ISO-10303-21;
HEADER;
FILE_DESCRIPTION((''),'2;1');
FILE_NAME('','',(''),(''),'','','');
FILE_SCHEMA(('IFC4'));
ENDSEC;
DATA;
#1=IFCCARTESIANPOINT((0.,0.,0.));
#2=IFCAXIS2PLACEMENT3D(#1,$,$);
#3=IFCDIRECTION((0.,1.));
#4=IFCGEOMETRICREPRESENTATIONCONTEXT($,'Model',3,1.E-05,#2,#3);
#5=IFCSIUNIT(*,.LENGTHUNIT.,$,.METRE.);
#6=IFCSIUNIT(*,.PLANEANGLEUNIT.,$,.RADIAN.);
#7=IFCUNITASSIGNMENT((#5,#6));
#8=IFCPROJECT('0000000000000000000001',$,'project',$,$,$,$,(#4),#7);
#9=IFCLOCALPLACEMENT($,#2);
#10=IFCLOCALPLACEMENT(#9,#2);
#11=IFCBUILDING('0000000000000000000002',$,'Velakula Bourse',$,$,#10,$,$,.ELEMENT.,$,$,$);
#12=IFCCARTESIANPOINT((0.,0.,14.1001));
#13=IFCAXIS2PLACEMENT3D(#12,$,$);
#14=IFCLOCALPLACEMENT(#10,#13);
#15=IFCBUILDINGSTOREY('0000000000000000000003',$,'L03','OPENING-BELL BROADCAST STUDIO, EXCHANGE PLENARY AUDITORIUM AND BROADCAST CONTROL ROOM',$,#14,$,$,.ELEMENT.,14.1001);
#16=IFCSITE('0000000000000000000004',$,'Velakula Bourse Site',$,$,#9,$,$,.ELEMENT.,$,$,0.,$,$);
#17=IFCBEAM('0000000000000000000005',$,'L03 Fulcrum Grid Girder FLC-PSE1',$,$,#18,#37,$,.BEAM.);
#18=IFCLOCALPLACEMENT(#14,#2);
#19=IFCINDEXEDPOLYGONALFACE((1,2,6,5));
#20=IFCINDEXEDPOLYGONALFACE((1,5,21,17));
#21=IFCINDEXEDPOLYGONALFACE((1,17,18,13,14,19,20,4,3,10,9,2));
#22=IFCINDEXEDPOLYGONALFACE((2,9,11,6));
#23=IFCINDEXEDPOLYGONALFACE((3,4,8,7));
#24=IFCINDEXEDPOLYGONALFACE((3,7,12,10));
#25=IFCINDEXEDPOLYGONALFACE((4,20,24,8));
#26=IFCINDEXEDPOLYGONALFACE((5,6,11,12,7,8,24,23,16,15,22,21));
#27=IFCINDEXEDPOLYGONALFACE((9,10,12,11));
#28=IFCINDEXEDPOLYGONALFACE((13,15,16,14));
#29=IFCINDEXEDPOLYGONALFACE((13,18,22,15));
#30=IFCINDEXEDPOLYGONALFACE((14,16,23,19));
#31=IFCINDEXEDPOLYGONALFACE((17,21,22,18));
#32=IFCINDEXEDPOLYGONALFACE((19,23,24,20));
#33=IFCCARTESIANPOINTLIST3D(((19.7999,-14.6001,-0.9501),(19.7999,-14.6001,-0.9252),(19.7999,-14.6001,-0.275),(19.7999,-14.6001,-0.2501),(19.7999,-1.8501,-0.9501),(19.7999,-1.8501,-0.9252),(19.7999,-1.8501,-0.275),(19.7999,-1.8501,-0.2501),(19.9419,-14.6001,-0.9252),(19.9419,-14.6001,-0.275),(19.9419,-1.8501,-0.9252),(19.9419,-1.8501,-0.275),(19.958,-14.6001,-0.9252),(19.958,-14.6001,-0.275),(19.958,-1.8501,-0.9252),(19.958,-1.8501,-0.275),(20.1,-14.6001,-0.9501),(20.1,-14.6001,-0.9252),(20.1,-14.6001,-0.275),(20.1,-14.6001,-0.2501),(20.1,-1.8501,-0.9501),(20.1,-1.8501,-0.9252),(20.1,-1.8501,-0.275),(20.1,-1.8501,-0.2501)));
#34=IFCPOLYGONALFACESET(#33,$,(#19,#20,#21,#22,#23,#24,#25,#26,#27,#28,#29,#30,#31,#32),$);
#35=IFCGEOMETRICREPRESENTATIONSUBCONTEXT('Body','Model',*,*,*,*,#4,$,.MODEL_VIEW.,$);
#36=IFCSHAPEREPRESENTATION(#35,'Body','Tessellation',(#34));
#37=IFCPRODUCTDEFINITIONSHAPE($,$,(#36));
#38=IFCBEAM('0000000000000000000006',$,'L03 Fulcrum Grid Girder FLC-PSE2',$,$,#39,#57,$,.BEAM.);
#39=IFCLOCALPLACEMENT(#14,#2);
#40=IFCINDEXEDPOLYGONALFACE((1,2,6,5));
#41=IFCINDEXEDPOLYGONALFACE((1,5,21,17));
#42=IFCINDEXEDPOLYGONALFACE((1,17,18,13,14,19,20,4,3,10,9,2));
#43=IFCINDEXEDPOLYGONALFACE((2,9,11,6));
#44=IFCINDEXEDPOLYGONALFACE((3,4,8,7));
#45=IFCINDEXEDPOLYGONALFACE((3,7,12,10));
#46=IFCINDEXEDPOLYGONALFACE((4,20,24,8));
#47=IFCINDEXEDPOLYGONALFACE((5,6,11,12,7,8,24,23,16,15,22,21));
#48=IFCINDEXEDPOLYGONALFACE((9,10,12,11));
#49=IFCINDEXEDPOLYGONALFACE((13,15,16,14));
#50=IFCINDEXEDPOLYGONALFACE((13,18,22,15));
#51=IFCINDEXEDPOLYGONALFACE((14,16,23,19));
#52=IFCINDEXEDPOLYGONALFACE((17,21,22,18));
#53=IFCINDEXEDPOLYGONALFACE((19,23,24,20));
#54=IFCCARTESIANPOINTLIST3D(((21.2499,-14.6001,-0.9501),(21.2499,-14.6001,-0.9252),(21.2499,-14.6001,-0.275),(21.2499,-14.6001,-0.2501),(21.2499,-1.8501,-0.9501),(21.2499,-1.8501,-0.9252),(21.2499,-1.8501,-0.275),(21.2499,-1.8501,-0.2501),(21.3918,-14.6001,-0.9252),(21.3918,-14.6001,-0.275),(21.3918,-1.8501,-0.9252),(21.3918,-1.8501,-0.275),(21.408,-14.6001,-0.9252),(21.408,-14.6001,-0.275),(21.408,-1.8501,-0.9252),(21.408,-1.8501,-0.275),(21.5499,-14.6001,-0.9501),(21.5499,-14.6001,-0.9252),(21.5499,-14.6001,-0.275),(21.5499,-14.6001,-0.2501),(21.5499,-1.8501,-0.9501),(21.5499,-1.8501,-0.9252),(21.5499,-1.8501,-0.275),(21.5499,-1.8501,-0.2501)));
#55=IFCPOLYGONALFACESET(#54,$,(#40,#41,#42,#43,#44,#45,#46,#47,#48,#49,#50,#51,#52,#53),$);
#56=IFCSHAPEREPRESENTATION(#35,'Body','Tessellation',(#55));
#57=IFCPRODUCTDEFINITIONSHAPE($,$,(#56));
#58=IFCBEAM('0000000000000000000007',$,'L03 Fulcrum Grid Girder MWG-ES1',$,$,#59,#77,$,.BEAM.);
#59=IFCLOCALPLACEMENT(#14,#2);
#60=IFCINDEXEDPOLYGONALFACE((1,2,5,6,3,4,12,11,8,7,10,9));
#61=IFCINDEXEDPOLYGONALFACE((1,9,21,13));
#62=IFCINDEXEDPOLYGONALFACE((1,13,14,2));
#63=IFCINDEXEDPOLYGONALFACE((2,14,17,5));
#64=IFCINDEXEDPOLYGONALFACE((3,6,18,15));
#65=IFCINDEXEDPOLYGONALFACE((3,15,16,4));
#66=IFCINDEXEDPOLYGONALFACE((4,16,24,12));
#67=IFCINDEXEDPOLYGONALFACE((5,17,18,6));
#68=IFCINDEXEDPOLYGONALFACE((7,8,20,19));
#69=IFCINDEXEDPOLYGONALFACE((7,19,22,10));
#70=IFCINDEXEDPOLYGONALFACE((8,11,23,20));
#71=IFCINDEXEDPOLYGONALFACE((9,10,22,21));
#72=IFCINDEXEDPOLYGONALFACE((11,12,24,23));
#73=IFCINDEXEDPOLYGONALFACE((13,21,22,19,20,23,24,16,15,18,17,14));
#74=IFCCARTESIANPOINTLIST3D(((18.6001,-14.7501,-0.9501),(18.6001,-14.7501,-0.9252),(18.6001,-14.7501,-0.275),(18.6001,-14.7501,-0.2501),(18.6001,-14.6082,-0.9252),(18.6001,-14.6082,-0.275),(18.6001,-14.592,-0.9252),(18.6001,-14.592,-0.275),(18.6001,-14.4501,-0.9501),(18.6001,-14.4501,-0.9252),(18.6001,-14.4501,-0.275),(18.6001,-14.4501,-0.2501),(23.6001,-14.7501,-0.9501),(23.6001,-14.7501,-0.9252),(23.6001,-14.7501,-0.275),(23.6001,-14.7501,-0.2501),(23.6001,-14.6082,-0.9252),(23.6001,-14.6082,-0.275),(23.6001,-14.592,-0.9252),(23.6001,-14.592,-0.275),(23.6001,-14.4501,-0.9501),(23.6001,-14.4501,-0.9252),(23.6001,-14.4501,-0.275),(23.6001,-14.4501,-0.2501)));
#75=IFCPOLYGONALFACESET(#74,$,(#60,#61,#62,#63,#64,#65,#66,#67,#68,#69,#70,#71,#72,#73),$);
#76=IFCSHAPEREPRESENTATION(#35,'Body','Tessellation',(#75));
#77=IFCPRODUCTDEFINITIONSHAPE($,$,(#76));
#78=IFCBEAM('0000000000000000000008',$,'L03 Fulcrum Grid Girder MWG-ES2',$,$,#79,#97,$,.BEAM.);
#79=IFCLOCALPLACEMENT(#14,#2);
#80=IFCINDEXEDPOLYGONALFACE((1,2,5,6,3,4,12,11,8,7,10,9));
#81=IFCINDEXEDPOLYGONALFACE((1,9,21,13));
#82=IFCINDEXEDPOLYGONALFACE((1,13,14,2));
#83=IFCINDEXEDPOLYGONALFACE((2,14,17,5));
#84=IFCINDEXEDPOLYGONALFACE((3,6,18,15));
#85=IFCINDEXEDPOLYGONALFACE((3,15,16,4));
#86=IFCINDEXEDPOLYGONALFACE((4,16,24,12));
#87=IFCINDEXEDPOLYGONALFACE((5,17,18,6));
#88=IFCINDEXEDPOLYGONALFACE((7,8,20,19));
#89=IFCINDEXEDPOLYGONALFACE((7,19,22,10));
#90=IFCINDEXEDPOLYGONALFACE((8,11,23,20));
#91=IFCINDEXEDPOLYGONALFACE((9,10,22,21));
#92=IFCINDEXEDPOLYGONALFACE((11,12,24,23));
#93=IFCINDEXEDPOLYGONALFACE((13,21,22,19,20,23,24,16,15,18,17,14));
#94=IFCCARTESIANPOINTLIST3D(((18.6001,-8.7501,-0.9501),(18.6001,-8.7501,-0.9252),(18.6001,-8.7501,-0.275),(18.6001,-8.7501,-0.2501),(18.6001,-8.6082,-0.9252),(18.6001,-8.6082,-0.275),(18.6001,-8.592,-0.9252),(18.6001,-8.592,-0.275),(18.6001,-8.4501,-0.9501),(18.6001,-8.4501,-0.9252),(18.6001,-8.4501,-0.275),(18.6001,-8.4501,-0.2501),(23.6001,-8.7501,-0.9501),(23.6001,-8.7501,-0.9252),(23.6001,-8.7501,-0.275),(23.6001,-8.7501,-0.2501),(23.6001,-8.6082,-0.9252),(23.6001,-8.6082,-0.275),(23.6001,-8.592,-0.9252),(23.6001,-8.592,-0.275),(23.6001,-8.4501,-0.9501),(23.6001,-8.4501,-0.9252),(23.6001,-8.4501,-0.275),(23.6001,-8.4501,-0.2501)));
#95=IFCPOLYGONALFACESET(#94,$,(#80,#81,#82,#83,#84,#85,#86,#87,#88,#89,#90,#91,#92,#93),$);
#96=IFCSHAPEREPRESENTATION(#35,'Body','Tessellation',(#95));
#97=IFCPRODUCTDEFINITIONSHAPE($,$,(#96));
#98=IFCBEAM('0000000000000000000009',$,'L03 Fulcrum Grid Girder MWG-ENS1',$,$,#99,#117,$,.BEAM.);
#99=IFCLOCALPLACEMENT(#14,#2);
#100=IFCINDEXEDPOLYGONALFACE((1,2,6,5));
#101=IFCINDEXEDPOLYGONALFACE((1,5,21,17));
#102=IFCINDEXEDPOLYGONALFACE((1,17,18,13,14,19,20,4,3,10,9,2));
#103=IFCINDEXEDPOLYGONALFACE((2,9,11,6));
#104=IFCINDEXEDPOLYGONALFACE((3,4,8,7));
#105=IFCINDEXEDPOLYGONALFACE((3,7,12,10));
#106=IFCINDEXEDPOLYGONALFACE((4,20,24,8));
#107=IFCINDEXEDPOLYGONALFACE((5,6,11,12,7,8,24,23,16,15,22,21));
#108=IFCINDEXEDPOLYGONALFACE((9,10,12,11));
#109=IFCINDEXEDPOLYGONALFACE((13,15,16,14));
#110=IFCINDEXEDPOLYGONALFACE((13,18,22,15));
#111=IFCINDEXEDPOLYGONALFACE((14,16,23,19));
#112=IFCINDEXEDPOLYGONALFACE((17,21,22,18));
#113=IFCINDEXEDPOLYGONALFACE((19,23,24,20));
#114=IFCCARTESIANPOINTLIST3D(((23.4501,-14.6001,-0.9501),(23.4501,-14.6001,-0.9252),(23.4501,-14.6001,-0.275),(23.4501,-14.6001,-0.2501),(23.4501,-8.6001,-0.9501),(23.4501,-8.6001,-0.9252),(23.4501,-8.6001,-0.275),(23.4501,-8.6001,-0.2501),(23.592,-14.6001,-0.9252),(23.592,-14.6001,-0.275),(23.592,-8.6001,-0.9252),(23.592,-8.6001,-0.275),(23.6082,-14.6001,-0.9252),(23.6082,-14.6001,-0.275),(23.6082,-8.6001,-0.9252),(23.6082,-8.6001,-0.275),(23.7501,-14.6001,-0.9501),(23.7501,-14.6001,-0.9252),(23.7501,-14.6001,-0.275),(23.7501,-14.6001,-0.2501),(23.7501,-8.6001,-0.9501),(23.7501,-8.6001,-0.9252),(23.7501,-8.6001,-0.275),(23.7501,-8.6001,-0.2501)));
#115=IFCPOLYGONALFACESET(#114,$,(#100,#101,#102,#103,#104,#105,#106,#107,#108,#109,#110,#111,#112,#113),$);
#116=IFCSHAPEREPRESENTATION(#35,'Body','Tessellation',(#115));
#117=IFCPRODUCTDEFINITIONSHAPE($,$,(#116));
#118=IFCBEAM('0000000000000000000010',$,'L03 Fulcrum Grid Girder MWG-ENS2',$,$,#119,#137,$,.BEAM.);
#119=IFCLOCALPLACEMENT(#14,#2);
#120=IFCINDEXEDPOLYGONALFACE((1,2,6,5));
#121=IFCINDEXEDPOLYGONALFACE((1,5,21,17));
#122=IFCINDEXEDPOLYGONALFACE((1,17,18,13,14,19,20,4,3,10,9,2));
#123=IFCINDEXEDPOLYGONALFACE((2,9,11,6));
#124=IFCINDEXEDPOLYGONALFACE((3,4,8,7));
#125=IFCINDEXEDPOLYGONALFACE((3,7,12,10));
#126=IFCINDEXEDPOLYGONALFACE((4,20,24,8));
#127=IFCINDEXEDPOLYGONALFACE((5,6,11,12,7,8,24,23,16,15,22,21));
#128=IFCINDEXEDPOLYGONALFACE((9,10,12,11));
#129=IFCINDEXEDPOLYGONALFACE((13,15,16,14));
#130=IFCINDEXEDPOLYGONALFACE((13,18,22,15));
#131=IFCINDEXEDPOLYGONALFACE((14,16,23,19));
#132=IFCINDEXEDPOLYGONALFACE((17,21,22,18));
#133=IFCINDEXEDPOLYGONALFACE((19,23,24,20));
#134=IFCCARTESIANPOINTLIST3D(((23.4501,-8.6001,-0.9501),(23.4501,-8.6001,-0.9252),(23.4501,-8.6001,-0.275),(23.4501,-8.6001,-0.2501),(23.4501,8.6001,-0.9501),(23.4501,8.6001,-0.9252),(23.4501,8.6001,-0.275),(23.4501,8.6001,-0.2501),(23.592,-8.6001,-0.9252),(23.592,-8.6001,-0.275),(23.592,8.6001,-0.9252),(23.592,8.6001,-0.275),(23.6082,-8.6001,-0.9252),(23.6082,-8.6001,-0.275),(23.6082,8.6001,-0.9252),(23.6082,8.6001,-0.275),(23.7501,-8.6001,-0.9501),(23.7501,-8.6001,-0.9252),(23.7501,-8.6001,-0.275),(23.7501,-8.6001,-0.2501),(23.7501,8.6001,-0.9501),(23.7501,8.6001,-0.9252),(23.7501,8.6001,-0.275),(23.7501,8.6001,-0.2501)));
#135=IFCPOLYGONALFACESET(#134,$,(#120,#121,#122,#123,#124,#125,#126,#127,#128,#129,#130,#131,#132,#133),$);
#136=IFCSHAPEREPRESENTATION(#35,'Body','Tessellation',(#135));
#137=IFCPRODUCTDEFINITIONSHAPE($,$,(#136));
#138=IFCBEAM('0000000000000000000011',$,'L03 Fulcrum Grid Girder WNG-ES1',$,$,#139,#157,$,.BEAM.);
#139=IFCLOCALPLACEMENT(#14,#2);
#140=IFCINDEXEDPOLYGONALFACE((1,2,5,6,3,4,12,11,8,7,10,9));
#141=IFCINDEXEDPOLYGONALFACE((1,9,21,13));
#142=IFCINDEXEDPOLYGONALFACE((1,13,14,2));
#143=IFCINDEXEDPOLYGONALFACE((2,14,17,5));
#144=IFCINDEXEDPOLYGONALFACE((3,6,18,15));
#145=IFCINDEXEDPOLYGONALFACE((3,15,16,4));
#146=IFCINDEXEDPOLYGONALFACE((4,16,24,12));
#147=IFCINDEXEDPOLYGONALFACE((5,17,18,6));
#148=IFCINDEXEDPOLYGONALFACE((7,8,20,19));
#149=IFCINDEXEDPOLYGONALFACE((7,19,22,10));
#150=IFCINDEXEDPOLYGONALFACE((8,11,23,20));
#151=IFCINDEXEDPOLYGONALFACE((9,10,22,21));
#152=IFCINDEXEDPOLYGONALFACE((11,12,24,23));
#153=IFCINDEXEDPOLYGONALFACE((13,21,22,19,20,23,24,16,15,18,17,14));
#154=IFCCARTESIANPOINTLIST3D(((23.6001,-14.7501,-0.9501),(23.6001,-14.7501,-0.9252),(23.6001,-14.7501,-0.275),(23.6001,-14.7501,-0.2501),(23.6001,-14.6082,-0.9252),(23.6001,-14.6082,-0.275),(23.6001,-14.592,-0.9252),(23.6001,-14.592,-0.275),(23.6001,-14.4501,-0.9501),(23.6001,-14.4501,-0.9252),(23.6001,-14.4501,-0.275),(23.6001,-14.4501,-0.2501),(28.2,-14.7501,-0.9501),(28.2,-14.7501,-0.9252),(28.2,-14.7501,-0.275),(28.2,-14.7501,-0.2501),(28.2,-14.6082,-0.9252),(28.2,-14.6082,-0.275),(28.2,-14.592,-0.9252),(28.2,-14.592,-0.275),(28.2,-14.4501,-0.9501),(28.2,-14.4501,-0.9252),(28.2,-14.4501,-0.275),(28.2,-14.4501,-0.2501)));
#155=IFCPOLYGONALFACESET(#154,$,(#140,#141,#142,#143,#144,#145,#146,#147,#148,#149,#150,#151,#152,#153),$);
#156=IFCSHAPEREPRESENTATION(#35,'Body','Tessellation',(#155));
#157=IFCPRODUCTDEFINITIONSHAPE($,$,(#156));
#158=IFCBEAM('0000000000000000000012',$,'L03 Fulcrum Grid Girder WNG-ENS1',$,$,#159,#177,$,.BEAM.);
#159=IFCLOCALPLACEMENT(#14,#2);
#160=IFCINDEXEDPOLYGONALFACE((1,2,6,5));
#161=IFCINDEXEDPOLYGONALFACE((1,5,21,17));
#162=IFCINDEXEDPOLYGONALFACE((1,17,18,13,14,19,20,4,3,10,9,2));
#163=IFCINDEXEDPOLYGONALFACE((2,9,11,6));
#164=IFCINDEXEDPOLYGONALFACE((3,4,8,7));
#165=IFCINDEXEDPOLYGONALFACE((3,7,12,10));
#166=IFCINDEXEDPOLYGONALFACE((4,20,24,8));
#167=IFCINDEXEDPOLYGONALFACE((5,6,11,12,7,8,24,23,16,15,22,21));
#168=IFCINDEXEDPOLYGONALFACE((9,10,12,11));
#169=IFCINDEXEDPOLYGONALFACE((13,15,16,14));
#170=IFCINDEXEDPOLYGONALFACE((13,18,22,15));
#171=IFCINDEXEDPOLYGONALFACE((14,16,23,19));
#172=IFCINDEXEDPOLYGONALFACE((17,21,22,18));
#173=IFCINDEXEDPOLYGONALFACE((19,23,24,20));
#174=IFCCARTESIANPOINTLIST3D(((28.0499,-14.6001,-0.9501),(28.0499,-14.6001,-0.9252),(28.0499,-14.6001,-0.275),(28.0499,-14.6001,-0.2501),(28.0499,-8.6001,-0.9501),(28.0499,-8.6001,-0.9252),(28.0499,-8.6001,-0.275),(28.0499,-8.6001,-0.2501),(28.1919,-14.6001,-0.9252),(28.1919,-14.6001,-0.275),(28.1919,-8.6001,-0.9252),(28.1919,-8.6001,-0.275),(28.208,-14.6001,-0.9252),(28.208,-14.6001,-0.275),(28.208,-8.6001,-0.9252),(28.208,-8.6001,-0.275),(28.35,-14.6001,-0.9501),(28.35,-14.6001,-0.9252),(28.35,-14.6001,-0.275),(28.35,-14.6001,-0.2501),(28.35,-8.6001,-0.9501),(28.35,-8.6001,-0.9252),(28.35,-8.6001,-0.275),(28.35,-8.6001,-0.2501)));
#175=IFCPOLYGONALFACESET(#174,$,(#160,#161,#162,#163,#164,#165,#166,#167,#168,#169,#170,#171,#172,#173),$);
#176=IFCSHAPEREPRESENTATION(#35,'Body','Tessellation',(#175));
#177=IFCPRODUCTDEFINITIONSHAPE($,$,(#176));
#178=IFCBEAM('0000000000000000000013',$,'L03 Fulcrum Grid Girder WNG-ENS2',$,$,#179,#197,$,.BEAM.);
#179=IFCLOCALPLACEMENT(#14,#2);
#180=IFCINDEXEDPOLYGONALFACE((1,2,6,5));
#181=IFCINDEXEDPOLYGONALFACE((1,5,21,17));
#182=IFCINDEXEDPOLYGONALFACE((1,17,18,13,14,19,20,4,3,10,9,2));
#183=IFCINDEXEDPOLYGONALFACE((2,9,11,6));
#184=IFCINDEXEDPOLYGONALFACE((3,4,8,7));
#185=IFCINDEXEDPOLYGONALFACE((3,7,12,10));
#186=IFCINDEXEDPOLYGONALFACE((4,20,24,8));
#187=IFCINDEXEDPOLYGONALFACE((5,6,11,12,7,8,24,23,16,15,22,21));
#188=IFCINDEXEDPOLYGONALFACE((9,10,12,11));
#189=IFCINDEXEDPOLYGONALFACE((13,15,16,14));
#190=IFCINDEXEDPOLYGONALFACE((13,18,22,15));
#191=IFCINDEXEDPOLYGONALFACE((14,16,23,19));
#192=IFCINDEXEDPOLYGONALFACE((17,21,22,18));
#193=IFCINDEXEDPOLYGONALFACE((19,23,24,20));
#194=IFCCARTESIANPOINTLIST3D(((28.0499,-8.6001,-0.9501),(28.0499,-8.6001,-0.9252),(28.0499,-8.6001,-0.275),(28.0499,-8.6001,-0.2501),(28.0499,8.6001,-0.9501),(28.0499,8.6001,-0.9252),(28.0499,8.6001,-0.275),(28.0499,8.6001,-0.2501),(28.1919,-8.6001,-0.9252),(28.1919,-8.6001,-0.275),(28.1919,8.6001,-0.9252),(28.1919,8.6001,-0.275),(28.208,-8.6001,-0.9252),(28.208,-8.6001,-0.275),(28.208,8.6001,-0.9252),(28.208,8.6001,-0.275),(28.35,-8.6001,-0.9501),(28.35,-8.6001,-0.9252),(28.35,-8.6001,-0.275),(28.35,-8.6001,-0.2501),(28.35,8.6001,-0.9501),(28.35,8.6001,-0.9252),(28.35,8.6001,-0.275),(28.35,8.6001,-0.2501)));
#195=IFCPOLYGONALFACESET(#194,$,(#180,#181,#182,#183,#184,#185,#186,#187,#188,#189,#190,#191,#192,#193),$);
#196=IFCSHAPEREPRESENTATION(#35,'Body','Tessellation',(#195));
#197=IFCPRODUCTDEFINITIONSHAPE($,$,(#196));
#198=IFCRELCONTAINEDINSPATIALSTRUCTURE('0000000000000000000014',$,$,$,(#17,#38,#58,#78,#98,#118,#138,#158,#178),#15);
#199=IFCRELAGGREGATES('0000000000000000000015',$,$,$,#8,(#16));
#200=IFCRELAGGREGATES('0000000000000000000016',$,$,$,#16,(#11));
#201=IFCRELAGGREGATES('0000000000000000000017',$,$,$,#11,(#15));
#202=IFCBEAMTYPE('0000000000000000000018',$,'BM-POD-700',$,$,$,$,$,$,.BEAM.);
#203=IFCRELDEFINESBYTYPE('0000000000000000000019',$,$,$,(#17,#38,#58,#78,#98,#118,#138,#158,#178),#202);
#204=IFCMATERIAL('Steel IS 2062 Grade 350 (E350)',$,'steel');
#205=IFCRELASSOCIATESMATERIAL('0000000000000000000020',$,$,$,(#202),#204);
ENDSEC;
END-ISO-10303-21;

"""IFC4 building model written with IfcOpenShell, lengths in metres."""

from ifc_helpers import new_model, si_unit, direction, frame, origin, origin_2d, place, context, subcontext, project, spatial, i_section, extrude, material, material_profile, profile_set, type_object, element, save


model = new_model("IFC4")

# Units and contexts
model_context = context("Model", 3, precision=1e-05, world=origin(), true_north=direction((0.0, 1.0)))
body_context = subcontext(model_context, "Body", "Model", "MODEL_VIEW")
ifc_project = project(units=[si_unit("LENGTHUNIT", "METRE"), si_unit("PLANEANGLEUNIT", "RADIAN")], contexts=[model_context])

# Site, building, storey
site_placement = place(None, origin())
site = spatial("IfcSite", under=ifc_project, at=site_placement, Name="Velakula Bourse Site", CompositionType="ELEMENT", RefElevation=0.0)
building_placement = place(site_placement, origin())
building = spatial("IfcBuilding", under=site, at=building_placement, Name="Velakula Bourse", CompositionType="ELEMENT")
storey_placement = place(building_placement, frame((0.0, 0.0, 14.1001)))
storey = spatial("IfcBuildingStorey", under=building, at=storey_placement, Name="L03", Description="OPENING-BELL BROADCAST STUDIO, EXCHANGE PLENARY AUDITORIUM AND BROADCAST CONTROL ROOM", CompositionType="ELEMENT", Elevation=14.1001)

# Beams
ifc_material_1 = material(Name="Steel IS 2062 Grade 350 (E350)", Category="steel")
ifc_material_profile_1 = material_profile(ifc_material_1, i_section(OverallWidth=0.3, OverallDepth=0.7, WebThickness=0.0161, FlangeThickness=0.0249, at=origin_2d()), Name="Steel IS 2062 Grade 350 (E350)")
ifc_profile_set_1 = profile_set([ifc_material_profile_1], Name="Steel IS 2062 Grade 350 (E350)")
beam_type_1 = type_object("IfcBeamType", Name="BM-POD-700", PredefinedType="BEAM", material=ifc_profile_set_1)
for number, where, z_axis, x_axis, name in (
    (1, (19.95, -14.6001, -0.6001), (0.0, 1.0, 0.0), (-1.0, 0.0, 0.0), "L03 Fulcrum Grid Girder FLC-PSE1"),
    (2, (21.3999, -14.6001, -0.6001), (0.0, 1.0, 0.0), (-1.0, 0.0, 0.0), "L03 Fulcrum Grid Girder FLC-PSE2"),
):
    element("IfcBeam", number, at=place(storey_placement, frame(where, z_axis=z_axis, x_axis=x_axis)), inside=storey, type_object=beam_type_1, Name=name, PredefinedType="BEAM", context=body_context, shape_type="SweptSolid", body=[
        extrude(i_section(OverallWidth=0.3, OverallDepth=0.7, WebThickness=0.0161, FlangeThickness=0.0249, at=origin_2d()), origin(), (0.0, 0.0, 1.0), 12.75),
    ])
for number, where, z_axis, x_axis, name in (
    (3, (18.6001, -14.6001, -0.6001), (1.0, 0.0, 0.0), (0.0, 1.0, 0.0), "L03 Fulcrum Grid Girder MWG-ES1"),
    (4, (18.6001, -8.6001, -0.6001), (1.0, 0.0, 0.0), (0.0, 1.0, 0.0), "L03 Fulcrum Grid Girder MWG-ES2"),
):
    element("IfcBeam", number, at=place(storey_placement, frame(where, z_axis=z_axis, x_axis=x_axis)), inside=storey, type_object=beam_type_1, Name=name, PredefinedType="BEAM", context=body_context, shape_type="SweptSolid", body=[
        extrude(i_section(OverallWidth=0.3, OverallDepth=0.7, WebThickness=0.0161, FlangeThickness=0.0249, at=origin_2d()), origin(), (0.0, 0.0, 1.0), 5.0),
    ])
beam_1_placement = place(storey_placement, frame((23.6001, -14.6001, -0.6001), z_axis=(0.0, 1.0, 0.0), x_axis=(-1.0, 0.0, 0.0)))
element("IfcBeam", 5, at=beam_1_placement, inside=storey, type_object=beam_type_1, Name="L03 Fulcrum Grid Girder MWG-ENS1", PredefinedType="BEAM", context=body_context, shape_type="SweptSolid", body=[
    extrude(i_section(OverallWidth=0.3, OverallDepth=0.7, WebThickness=0.0161, FlangeThickness=0.0249, at=origin_2d()), origin(), (0.0, 0.0, 1.0), 6.0),
])
beam_2_placement = place(storey_placement, frame((23.6001, -8.6001, -0.6001), z_axis=(0.0, 1.0, 0.0), x_axis=(-1.0, 0.0, 0.0)))
element("IfcBeam", 6, at=beam_2_placement, inside=storey, type_object=beam_type_1, Name="L03 Fulcrum Grid Girder MWG-ENS2", PredefinedType="BEAM", context=body_context, shape_type="SweptSolid", body=[
    extrude(i_section(OverallWidth=0.3, OverallDepth=0.7, WebThickness=0.0161, FlangeThickness=0.0249, at=origin_2d()), origin(), (0.0, 0.0, 1.0), 17.2002),
])
beam_3_placement = place(storey_placement, frame((23.6001, -14.6001, -0.6001), z_axis=(1.0, 0.0, 0.0), x_axis=(0.0, 1.0, 0.0)))
element("IfcBeam", 7, at=beam_3_placement, inside=storey, type_object=beam_type_1, Name="L03 Fulcrum Grid Girder WNG-ES1", PredefinedType="BEAM", context=body_context, shape_type="SweptSolid", body=[
    extrude(i_section(OverallWidth=0.3, OverallDepth=0.7, WebThickness=0.0161, FlangeThickness=0.0249, at=origin_2d()), origin(), (0.0, 0.0, 1.0), 4.5999),
])
beam_4_placement = place(storey_placement, frame((28.2, -14.6001, -0.6001), z_axis=(0.0, 1.0, 0.0), x_axis=(-1.0, 0.0, 0.0)))
element("IfcBeam", 8, at=beam_4_placement, inside=storey, type_object=beam_type_1, Name="L03 Fulcrum Grid Girder WNG-ENS1", PredefinedType="BEAM", context=body_context, shape_type="SweptSolid", body=[
    extrude(i_section(OverallWidth=0.3, OverallDepth=0.7, WebThickness=0.0161, FlangeThickness=0.0249, at=origin_2d()), origin(), (0.0, 0.0, 1.0), 6.0),
])
beam_5_placement = place(storey_placement, frame((28.2, -8.6001, -0.6001), z_axis=(0.0, 1.0, 0.0), x_axis=(-1.0, 0.0, 0.0)))
element("IfcBeam", 9, at=beam_5_placement, inside=storey, type_object=beam_type_1, Name="L03 Fulcrum Grid Girder WNG-ENS2", PredefinedType="BEAM", context=body_context, shape_type="SweptSolid", body=[
    extrude(i_section(OverallWidth=0.3, OverallDepth=0.7, WebThickness=0.0161, FlangeThickness=0.0249, at=origin_2d()), origin(), (0.0, 0.0, 1.0), 17.2002),
])

save(model, "model.ifc")
